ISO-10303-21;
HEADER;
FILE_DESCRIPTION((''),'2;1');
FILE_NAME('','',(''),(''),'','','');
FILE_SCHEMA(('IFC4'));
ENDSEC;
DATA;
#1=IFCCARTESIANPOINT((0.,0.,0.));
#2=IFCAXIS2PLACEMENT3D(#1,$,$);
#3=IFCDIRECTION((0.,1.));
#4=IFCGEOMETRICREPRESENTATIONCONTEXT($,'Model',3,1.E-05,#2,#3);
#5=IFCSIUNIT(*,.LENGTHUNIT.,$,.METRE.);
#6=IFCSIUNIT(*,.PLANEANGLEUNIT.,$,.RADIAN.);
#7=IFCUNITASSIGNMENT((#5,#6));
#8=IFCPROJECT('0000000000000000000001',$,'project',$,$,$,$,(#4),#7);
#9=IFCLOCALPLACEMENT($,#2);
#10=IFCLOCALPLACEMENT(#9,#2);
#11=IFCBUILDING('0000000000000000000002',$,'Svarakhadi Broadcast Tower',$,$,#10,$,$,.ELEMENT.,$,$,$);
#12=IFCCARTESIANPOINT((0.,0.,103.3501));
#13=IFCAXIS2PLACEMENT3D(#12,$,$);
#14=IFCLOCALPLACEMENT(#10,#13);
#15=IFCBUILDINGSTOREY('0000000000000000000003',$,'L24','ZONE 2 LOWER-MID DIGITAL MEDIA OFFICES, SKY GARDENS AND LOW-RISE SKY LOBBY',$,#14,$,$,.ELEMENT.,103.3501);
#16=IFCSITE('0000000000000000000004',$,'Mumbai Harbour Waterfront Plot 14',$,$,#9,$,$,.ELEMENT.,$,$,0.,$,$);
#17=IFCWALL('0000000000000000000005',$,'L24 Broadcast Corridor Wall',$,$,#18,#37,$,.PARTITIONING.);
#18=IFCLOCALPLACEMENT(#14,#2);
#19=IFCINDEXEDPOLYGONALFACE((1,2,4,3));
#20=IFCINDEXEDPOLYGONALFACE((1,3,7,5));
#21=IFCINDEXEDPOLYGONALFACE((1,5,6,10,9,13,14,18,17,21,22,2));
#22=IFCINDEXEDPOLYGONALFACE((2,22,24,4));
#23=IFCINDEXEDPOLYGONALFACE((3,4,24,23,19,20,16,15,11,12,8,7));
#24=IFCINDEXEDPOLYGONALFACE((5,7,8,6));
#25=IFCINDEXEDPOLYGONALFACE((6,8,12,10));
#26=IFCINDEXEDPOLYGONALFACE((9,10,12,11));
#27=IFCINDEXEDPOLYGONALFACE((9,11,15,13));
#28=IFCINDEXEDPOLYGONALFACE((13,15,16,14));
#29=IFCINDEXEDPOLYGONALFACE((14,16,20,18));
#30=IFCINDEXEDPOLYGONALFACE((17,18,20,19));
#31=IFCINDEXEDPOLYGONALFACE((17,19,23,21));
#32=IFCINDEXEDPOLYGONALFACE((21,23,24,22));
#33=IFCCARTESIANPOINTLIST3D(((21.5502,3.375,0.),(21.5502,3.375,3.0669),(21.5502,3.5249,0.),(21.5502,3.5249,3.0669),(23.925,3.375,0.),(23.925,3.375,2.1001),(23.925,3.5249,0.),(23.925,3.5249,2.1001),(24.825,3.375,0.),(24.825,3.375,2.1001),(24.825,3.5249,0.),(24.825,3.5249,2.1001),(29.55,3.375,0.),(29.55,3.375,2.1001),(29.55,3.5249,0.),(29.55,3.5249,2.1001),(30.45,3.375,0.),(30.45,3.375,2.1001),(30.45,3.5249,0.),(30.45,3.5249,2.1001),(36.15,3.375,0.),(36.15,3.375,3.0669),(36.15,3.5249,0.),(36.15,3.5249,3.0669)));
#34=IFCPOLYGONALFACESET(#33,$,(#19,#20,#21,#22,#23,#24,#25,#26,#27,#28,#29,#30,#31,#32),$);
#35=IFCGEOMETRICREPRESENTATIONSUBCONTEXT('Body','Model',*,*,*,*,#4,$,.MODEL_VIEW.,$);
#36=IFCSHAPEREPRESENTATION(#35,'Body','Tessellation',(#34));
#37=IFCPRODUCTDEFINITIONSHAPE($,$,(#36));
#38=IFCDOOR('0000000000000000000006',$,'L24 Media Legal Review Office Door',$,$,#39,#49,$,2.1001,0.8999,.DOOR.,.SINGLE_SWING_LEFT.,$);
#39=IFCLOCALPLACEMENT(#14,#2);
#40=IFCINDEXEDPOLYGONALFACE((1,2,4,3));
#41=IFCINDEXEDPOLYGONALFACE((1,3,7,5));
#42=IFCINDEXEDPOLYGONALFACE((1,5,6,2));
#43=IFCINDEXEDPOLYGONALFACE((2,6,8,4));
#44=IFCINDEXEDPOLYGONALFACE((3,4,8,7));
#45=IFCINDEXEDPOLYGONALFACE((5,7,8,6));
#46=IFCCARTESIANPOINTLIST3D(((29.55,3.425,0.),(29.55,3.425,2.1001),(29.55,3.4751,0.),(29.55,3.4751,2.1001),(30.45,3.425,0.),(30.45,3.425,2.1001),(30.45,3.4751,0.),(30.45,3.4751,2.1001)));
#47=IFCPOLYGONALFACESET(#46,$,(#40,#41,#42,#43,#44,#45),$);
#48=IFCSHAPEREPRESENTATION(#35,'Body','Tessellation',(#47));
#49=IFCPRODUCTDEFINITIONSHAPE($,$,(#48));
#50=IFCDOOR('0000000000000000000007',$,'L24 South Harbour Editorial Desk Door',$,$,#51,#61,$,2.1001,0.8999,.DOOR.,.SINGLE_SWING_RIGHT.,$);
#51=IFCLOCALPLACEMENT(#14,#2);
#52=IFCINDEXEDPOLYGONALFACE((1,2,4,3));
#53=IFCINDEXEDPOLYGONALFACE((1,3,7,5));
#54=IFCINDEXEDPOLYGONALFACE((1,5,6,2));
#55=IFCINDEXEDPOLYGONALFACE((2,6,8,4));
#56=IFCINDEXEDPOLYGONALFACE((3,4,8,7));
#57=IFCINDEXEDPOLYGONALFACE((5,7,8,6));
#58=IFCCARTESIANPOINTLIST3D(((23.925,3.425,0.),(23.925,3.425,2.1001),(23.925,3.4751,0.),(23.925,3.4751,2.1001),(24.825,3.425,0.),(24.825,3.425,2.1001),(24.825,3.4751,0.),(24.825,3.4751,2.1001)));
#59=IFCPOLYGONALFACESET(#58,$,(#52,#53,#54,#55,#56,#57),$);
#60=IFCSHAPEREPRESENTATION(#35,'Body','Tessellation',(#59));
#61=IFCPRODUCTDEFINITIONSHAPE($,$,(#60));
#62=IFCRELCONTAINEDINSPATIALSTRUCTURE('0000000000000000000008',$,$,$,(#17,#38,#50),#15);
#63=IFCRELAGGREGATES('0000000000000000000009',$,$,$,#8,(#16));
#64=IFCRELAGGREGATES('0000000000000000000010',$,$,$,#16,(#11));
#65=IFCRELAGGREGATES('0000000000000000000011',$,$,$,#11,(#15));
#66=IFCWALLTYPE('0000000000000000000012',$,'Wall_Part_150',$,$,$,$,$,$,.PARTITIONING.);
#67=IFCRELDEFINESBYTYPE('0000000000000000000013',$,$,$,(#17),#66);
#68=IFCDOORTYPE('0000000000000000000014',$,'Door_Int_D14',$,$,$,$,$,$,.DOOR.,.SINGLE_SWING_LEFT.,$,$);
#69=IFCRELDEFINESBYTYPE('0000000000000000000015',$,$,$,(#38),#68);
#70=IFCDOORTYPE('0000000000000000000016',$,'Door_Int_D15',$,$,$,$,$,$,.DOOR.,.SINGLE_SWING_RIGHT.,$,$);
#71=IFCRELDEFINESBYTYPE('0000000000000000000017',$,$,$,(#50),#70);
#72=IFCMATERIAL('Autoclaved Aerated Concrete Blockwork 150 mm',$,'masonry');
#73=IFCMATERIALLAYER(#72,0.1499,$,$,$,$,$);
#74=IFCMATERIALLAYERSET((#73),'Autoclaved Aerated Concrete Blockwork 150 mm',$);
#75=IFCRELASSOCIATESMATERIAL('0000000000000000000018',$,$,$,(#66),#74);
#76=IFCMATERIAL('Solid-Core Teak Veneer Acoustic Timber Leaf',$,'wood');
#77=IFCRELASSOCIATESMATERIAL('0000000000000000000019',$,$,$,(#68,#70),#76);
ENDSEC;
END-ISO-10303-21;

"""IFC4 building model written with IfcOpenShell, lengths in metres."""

from ifc_helpers import new_model, si_unit, direction, frame, frame_2d, origin, place, context, subcontext, project, spatial, rectangle, extrude, material, layer, layer_set, type_object, element, fill, save


model = new_model("IFC4")

# Units and contexts
model_context = context("Model", 3, precision=1e-05, world=origin(), true_north=direction((0.0, 1.0)))
body_context = subcontext(model_context, "Body", "Model", "MODEL_VIEW")
ifc_project = project(units=[si_unit("LENGTHUNIT", "METRE"), si_unit("PLANEANGLEUNIT", "RADIAN")], contexts=[model_context])

# Site, building, storey
site_placement = place(None, origin())
site = spatial("IfcSite", under=ifc_project, at=site_placement, Name="Mumbai Harbour Waterfront Plot 14", CompositionType="ELEMENT", RefElevation=0.0)
building_placement = place(site_placement, origin())
building = spatial("IfcBuilding", under=site, at=building_placement, Name="Svarakhadi Broadcast Tower", CompositionType="ELEMENT")
storey_placement = place(building_placement, frame((0.0, 0.0, 103.3501)))
storey = spatial("IfcBuildingStorey", under=building, at=storey_placement, Name="L24", Description="ZONE 2 LOWER-MID DIGITAL MEDIA OFFICES, SKY GARDENS AND LOW-RISE SKY LOBBY", CompositionType="ELEMENT", Elevation=103.3501)

# Shared definitions
ifc_material_1 = material(Name="Autoclaved Aerated Concrete Blockwork 150 mm", Category="masonry")
ifc_layer_1 = layer(ifc_material_1, 0.1499)
ifc_layer_set_1 = layer_set([ifc_layer_1], Name="Autoclaved Aerated Concrete Blockwork 150 mm")
wall_type_1 = type_object("IfcWallType", Name="Wall_Part_150", PredefinedType="PARTITIONING", material=ifc_layer_set_1)
ifc_material_2 = material(Name="Solid-Core Teak Veneer Acoustic Timber Leaf", Category="wood")
door_type_1 = type_object("IfcDoorType", Name="Door_Int_D14", OperationType="SINGLE_SWING_LEFT", PredefinedType="DOOR", material=ifc_material_2)

# Wall, openings, doors
wall_1_placement = place(storey_placement, frame((36.1499, 3.45, 0.0), z_axis=(0.0, 0.0, 1.0), x_axis=(-1.0, 0.0, 0.0)))
wall_1 = element("IfcWall", 1, at=wall_1_placement, inside=storey, type_object=wall_type_1, Name="L24 Broadcast Corridor Wall", PredefinedType="PARTITIONING", context=body_context, shape_type="SweptSolid", body=[
    extrude(rectangle(XDim=14.5999, YDim=0.1499, at=frame_2d((7.2998, 0.0))), origin(), (0.0, 0.0, 1.0), 3.0669),
])
opening_1_placement = place(wall_1_placement, frame((11.325, 0.0, 0.0)))
opening_1 = element("IfcOpeningElement", 2, at=opening_1_placement, cuts=wall_1, PredefinedType="OPENING", context=body_context, shape_type="SweptSolid", body=[
    extrude(rectangle(XDim=0.8999, YDim=2.1001, at=frame_2d((0.45, 1.05))), frame((0.0, 0.085, 0.0), z_axis=(0.0, -1.0, 0.0), x_axis=(1.0, 0.0, 0.0)), (0.0, 0.0, 1.0), 0.1699),
])
opening_2_placement = place(wall_1_placement, frame((5.7, 0.0, 0.0)))
opening_2 = element("IfcOpeningElement", 3, at=opening_2_placement, cuts=wall_1, PredefinedType="OPENING", context=body_context, shape_type="SweptSolid", body=[
    extrude(rectangle(XDim=0.8999, YDim=2.1001, at=frame_2d((0.45, 1.05))), frame((0.0, 0.085, 0.0), z_axis=(0.0, -1.0, 0.0), x_axis=(1.0, 0.0, 0.0)), (0.0, 0.0, 1.0), 0.1699),
])
door_1_placement = place(opening_2_placement, origin())
door_1 = element("IfcDoor", 4, at=door_1_placement, inside=storey, type_object=door_type_1, Name="L24 Media Legal Review Office Door", OperationType="SINGLE_SWING_LEFT", OverallHeight=2.1001, OverallWidth=0.8999, PredefinedType="DOOR", context=body_context, shape_type="SweptSolid", body=[
    extrude(rectangle(XDim=0.8999, YDim=2.1001, at=frame_2d((0.45, 1.05))), frame((0.0, 0.0249, 0.0), z_axis=(0.0, -1.0, 0.0), x_axis=(1.0, 0.0, 0.0)), (0.0, 0.0, 1.0), 0.05),
])
fill(opening_2, door_1)
door_type_2 = type_object("IfcDoorType", Name="Door_Int_D15", OperationType="SINGLE_SWING_RIGHT", PredefinedType="DOOR", material=ifc_material_2)
door_2_placement = place(opening_1_placement, origin())
door_2 = element("IfcDoor", 5, at=door_2_placement, inside=storey, type_object=door_type_2, Name="L24 South Harbour Editorial Desk Door", OperationType="SINGLE_SWING_RIGHT", OverallHeight=2.1001, OverallWidth=0.8999, PredefinedType="DOOR", context=body_context, shape_type="SweptSolid", body=[
    extrude(rectangle(XDim=0.8999, YDim=2.1001, at=frame_2d((0.45, 1.05))), frame((0.0, 0.0249, 0.0), z_axis=(0.0, -1.0, 0.0), x_axis=(1.0, 0.0, 0.0)), (0.0, 0.0, 1.0), 0.05),
])
fill(opening_1, door_2)

save(model, "model.ifc")
